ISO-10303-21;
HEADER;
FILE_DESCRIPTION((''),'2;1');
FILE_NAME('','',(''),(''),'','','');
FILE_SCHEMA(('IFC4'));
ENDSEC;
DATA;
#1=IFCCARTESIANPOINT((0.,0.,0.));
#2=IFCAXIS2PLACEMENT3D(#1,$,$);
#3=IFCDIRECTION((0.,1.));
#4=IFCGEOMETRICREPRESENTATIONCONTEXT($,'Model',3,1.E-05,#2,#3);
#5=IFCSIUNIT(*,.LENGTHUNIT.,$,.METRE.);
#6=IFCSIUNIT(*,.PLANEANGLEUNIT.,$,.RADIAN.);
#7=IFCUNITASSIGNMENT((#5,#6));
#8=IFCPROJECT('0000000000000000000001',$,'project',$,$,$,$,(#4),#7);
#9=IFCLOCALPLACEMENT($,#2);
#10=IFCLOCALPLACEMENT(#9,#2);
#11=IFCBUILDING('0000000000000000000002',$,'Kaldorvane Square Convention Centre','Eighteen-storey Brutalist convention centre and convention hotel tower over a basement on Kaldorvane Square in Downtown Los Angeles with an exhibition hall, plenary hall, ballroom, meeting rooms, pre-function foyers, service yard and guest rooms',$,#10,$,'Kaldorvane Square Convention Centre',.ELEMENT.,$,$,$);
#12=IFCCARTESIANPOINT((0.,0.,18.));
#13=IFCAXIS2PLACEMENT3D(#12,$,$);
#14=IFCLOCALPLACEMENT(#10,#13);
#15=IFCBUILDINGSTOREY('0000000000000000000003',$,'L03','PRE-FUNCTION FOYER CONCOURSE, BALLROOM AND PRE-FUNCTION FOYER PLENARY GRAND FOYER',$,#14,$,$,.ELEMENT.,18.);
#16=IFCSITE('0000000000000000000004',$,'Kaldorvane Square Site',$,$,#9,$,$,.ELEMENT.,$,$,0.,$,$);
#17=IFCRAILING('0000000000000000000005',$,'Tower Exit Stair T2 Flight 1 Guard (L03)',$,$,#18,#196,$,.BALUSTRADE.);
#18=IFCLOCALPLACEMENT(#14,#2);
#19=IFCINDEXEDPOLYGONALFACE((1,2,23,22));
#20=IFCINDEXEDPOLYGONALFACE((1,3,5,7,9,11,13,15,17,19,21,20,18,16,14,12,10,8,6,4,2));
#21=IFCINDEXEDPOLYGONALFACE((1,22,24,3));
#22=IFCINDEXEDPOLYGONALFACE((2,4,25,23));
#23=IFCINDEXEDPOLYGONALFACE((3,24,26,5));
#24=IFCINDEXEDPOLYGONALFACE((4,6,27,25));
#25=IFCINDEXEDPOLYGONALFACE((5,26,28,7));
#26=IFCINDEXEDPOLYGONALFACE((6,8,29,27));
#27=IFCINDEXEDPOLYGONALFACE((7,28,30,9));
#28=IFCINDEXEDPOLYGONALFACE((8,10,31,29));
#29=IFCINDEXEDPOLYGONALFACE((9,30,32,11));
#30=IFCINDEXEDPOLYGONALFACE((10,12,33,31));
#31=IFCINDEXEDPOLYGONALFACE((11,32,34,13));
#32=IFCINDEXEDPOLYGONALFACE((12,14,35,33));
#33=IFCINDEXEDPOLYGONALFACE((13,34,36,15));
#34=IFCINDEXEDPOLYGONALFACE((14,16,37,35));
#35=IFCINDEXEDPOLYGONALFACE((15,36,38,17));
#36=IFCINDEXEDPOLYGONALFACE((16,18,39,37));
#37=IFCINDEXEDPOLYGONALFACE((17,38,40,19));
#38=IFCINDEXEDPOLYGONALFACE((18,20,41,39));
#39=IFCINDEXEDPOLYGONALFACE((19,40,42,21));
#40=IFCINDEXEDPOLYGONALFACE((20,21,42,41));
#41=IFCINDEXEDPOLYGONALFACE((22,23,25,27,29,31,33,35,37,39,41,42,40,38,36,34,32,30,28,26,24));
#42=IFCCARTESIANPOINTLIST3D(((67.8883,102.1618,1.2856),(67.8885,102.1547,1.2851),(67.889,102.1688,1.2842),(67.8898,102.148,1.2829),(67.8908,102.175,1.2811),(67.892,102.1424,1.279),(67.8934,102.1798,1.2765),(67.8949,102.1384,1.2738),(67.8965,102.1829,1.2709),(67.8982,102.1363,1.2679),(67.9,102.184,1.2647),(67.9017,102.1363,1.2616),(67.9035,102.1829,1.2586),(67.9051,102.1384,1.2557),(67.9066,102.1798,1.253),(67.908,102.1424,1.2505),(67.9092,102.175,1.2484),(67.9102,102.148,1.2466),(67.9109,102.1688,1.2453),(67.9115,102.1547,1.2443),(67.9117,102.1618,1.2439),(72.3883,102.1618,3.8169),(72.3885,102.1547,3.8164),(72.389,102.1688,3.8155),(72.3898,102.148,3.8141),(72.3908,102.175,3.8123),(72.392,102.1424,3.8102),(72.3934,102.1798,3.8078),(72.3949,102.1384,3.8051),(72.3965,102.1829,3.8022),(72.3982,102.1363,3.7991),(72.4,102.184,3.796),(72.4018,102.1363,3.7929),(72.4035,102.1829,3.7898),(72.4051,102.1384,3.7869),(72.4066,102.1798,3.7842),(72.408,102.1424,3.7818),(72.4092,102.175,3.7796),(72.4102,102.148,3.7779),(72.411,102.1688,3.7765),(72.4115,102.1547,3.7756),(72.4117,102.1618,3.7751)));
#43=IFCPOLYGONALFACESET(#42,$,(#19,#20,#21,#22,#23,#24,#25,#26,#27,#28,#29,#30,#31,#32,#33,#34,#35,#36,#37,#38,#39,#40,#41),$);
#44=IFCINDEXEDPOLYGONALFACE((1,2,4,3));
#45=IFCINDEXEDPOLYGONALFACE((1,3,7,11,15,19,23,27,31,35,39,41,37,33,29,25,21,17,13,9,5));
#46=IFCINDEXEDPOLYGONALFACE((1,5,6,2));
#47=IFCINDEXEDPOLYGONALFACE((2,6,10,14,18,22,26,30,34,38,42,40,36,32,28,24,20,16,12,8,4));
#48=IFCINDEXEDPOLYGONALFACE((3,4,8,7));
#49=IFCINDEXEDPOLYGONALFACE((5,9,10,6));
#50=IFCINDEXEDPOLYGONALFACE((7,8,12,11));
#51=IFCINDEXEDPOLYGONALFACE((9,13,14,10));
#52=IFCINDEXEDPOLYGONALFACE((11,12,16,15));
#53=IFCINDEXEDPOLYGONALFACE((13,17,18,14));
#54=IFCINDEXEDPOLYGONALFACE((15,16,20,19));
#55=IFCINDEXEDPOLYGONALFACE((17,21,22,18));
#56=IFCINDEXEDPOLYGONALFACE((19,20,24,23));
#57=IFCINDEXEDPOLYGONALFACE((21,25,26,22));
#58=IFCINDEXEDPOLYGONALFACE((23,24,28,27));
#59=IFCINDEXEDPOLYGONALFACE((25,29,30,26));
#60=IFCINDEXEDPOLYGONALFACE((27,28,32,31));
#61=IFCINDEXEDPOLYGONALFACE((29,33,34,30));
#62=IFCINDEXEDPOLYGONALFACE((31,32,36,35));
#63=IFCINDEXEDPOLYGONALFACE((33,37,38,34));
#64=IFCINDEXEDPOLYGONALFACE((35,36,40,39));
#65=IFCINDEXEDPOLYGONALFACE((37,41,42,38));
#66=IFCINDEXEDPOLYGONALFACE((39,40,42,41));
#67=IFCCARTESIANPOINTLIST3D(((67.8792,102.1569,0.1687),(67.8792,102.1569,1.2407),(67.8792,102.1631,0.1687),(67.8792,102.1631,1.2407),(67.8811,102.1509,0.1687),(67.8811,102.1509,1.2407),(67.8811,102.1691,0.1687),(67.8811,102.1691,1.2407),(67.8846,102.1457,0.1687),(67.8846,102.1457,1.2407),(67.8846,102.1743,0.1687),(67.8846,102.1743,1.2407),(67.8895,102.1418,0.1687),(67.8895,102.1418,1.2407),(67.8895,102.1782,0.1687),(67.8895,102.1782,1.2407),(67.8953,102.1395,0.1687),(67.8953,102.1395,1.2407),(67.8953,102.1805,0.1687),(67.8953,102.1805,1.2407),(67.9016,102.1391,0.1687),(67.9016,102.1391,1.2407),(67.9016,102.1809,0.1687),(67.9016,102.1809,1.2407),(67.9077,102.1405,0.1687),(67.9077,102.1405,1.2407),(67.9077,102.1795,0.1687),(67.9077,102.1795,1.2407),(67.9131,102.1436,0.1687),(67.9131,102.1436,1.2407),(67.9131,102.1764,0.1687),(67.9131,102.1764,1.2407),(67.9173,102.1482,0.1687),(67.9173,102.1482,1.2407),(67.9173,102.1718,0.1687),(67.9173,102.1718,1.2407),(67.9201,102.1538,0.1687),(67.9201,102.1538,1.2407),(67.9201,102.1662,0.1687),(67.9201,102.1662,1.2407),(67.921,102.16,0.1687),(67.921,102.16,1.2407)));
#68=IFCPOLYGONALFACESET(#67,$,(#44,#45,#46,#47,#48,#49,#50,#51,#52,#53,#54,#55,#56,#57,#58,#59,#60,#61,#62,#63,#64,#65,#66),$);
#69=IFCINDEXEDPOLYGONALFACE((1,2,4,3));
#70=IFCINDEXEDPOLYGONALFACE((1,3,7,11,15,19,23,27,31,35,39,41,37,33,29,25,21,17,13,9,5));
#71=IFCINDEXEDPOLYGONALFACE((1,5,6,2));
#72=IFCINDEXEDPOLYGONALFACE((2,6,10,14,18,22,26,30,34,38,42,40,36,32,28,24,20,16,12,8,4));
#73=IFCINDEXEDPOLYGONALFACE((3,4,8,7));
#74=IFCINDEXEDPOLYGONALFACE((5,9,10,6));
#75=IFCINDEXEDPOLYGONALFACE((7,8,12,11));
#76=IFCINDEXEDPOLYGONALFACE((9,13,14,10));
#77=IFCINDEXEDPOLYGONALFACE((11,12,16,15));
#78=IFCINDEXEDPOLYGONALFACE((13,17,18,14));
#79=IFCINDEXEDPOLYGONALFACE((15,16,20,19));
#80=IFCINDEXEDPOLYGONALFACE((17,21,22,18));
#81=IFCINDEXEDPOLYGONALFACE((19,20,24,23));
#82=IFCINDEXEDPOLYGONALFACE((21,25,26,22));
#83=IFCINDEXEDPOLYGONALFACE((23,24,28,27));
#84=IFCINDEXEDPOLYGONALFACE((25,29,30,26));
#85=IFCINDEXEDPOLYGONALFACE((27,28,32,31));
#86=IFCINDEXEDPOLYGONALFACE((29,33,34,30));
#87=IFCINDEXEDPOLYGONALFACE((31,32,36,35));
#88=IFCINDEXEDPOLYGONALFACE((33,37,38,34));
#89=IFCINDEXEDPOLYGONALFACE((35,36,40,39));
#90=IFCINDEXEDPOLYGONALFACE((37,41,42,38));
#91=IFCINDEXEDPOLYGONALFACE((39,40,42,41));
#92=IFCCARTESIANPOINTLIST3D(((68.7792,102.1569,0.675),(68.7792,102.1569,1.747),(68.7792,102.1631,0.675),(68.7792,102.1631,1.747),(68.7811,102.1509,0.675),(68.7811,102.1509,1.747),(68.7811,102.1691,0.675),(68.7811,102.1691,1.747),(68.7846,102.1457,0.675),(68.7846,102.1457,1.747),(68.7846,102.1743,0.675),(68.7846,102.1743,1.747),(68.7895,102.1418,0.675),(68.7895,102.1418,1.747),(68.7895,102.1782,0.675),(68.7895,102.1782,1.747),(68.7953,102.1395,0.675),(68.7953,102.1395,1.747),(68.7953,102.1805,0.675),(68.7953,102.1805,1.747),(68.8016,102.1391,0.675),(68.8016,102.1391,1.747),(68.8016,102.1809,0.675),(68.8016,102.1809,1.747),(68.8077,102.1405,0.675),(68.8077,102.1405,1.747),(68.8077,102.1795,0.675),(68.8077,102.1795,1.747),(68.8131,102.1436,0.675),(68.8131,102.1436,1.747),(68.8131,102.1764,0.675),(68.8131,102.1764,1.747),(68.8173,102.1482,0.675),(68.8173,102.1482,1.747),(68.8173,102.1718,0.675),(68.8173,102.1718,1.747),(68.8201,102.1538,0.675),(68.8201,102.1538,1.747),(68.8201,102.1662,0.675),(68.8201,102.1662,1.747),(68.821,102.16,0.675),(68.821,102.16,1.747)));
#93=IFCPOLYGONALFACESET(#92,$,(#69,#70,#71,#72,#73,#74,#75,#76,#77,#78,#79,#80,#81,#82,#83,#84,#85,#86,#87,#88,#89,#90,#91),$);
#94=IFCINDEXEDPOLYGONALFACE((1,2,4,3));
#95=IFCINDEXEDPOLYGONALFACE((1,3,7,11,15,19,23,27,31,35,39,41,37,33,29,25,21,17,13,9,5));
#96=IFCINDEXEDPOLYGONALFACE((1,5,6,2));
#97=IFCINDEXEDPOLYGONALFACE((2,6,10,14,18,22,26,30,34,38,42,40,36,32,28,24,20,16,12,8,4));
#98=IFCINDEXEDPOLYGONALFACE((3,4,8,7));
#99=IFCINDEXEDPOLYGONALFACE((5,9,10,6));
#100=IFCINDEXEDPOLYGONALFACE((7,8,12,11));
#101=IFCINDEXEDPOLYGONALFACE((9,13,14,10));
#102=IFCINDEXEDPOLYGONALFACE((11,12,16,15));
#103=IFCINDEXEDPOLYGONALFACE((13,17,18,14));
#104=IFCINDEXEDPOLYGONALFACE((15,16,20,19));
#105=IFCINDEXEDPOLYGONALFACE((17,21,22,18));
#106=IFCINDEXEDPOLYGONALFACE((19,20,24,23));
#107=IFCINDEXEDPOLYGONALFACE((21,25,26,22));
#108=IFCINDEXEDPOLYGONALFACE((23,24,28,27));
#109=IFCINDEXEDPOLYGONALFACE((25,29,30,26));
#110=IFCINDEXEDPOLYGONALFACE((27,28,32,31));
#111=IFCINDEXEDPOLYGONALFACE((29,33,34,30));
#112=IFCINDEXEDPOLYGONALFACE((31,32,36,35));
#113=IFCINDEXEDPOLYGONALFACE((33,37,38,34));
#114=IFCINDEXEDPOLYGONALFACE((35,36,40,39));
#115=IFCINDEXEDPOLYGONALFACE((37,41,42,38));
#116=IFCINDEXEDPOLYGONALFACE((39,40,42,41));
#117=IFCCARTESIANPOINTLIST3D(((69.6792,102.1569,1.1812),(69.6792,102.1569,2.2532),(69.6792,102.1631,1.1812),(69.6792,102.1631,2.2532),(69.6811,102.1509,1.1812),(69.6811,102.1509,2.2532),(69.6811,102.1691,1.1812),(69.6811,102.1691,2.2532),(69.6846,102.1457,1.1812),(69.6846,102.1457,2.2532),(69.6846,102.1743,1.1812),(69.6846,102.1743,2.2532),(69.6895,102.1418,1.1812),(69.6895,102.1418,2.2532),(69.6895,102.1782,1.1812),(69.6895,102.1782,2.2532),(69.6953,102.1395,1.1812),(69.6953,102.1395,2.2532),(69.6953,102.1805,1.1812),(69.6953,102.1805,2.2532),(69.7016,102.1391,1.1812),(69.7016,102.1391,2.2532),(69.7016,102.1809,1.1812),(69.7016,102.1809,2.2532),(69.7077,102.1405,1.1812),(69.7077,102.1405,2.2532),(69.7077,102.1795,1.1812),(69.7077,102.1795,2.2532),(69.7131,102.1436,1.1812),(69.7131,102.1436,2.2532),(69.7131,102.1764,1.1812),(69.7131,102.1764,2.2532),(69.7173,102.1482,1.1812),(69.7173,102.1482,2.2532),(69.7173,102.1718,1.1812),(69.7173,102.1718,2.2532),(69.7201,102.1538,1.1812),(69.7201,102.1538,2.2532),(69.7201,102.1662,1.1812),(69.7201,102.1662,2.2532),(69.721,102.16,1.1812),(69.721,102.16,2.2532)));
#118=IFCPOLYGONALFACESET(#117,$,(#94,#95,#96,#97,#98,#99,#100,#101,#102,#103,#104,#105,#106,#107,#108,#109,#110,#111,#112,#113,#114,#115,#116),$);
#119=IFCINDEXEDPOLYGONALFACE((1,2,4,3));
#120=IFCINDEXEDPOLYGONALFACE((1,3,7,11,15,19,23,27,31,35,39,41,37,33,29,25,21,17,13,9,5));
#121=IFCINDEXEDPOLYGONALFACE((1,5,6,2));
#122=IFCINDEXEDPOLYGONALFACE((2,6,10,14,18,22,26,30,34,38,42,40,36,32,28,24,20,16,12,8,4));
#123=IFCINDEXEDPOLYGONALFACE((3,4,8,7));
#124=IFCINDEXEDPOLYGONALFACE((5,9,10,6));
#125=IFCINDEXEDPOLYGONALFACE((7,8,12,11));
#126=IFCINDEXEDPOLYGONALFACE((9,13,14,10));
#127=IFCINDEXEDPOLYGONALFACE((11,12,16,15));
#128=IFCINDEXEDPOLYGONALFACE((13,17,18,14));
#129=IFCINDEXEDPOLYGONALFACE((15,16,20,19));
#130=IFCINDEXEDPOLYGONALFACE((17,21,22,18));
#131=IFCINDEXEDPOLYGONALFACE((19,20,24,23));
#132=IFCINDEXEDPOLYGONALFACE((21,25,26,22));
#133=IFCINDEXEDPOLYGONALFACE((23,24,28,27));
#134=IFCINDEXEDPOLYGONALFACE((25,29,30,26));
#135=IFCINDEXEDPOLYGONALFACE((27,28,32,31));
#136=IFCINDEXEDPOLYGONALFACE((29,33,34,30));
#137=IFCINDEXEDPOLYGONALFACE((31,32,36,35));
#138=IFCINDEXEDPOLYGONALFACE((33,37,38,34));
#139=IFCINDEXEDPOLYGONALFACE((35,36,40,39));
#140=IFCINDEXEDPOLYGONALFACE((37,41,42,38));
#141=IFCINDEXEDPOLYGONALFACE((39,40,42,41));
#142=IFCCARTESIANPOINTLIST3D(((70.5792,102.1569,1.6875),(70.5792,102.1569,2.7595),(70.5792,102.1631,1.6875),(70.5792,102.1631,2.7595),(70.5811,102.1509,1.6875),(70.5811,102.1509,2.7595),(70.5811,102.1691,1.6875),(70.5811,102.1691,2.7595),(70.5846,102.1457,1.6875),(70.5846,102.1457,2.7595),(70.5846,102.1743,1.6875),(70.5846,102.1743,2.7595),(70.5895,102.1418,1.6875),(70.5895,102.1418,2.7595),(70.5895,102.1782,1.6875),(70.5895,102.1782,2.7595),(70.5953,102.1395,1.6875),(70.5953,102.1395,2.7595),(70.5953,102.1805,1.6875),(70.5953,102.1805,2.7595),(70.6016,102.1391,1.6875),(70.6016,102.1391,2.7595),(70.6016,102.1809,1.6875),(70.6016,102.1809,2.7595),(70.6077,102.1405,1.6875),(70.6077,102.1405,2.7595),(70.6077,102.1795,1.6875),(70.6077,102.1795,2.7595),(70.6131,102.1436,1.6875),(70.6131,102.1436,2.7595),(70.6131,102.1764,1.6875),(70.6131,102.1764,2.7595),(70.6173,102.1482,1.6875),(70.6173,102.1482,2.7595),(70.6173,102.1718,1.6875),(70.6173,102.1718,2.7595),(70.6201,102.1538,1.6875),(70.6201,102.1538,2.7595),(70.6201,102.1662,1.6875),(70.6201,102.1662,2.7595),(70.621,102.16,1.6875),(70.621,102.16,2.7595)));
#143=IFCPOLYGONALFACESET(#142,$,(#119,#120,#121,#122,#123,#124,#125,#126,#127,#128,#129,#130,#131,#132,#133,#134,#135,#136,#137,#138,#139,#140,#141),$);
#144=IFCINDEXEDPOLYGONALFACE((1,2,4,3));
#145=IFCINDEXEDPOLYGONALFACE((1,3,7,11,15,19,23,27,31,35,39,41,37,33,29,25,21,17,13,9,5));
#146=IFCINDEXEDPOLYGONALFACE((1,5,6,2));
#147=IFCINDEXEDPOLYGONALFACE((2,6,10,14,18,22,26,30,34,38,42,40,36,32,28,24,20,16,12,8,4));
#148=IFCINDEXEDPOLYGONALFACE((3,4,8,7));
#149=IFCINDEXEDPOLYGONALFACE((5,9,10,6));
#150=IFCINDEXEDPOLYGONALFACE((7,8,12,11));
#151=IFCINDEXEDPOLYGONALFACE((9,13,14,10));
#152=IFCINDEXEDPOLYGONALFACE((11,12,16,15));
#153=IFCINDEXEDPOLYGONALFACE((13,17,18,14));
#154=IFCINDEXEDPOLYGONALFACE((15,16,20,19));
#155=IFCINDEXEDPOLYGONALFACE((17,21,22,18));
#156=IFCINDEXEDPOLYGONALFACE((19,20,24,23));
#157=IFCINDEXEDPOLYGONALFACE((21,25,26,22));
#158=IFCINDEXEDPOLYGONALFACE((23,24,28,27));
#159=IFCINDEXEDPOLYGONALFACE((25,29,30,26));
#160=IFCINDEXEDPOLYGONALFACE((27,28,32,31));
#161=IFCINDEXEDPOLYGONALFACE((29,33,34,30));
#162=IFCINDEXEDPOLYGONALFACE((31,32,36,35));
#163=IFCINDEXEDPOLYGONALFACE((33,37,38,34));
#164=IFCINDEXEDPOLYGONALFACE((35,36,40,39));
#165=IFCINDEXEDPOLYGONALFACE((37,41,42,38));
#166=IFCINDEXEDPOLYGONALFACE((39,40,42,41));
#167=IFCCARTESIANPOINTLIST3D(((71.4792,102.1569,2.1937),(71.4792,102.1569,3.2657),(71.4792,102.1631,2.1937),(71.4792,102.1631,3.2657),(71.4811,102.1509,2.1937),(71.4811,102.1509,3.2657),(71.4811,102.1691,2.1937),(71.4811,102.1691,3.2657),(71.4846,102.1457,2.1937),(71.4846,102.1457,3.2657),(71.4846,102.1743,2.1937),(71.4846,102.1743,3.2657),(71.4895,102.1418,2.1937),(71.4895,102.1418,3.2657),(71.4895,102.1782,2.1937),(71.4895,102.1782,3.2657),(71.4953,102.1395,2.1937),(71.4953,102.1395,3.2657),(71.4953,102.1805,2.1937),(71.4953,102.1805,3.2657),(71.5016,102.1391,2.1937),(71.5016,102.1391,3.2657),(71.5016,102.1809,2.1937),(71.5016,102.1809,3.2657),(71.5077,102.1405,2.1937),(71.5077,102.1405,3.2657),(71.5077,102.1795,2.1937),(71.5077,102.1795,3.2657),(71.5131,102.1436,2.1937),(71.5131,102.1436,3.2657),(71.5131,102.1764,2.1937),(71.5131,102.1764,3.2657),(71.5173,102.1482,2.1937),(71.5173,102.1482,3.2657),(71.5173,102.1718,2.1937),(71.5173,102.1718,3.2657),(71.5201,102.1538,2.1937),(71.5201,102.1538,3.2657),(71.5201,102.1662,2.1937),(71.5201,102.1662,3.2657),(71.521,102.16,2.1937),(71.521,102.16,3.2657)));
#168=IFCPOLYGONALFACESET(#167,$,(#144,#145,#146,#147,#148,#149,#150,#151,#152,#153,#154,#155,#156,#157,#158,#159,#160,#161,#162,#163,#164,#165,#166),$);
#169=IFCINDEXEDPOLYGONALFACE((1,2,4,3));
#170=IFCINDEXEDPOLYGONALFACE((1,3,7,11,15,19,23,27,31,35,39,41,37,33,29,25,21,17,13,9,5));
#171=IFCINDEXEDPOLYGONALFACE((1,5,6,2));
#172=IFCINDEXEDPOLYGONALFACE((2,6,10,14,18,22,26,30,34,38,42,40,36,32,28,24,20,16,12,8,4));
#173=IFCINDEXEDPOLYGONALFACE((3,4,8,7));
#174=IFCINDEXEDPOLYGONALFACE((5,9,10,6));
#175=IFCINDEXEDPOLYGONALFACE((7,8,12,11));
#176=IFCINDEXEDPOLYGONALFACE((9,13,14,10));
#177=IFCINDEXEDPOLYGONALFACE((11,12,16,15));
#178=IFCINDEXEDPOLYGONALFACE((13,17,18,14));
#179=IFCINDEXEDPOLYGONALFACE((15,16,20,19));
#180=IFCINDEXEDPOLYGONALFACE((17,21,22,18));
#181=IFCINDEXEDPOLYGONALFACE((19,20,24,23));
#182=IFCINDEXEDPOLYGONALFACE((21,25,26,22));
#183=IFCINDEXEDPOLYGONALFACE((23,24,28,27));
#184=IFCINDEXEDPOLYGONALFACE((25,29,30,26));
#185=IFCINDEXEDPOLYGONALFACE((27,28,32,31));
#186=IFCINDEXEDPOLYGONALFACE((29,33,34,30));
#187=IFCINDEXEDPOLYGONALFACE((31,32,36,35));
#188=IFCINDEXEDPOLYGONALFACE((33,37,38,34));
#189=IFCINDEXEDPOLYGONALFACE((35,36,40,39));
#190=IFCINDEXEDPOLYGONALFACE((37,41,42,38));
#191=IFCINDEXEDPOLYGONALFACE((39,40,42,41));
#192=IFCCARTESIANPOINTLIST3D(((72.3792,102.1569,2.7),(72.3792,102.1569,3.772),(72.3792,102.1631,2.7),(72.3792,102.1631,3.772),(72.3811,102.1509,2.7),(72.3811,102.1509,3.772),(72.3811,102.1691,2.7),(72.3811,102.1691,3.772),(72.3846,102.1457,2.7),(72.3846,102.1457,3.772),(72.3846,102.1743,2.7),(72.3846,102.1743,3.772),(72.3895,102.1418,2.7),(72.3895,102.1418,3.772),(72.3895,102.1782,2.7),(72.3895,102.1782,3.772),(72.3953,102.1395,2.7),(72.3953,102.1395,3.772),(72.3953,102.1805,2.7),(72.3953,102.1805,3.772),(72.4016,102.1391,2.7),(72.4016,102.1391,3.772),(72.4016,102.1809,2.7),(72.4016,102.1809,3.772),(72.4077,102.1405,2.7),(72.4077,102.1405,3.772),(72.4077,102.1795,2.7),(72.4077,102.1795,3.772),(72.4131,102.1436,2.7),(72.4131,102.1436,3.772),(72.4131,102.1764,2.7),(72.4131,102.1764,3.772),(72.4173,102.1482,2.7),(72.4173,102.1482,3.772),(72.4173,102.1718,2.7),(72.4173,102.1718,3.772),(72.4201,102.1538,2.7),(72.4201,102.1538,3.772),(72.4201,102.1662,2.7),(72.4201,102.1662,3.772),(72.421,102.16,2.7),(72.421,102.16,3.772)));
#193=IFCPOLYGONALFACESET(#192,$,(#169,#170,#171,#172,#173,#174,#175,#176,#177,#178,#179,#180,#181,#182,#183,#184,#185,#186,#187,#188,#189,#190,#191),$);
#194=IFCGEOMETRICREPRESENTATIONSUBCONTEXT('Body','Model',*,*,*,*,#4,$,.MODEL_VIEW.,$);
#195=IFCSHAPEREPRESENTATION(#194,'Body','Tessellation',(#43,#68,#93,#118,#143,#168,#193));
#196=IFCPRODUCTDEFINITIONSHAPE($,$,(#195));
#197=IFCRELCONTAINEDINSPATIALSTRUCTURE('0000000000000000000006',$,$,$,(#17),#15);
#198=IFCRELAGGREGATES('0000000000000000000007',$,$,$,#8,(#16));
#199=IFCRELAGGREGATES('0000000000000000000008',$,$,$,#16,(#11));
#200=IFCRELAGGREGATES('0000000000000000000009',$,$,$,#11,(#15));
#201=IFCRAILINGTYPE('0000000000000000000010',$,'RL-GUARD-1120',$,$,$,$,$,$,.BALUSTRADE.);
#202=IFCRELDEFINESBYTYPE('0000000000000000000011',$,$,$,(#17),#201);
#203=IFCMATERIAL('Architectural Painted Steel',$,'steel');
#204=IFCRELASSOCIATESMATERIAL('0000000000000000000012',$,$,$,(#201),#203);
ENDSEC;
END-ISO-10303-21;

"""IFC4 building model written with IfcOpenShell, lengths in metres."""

from ifc_helpers import new_model, si_unit, direction, frame, origin, origin_2d, place, context, subcontext, project, spatial, circle, extrude, material, type_object, element, save


model = new_model("IFC4")

# Units and contexts
model_context = context("Model", 3, precision=1e-05, world=origin(), true_north=direction((0.0, 1.0)))
body_context = subcontext(model_context, "Body", "Model", "MODEL_VIEW")
ifc_project = project(units=[si_unit("LENGTHUNIT", "METRE"), si_unit("PLANEANGLEUNIT", "RADIAN")], contexts=[model_context])

# Site, building, storey
site_placement = place(None, origin())
site = spatial("IfcSite", under=ifc_project, at=site_placement, Name="Kaldorvane Square Site", CompositionType="ELEMENT", RefElevation=0.0)
building_placement = place(site_placement, origin())
building = spatial("IfcBuilding", under=site, at=building_placement, Name="Kaldorvane Square Convention Centre", Description="Eighteen-storey Brutalist convention centre and convention hotel tower over a basement on Kaldorvane Square in Downtown Los Angeles with an exhibition hall, plenary hall, ballroom, meeting rooms, pre-function foyers, service yard and guest rooms", LongName="Kaldorvane Square Convention Centre", CompositionType="ELEMENT")
storey_placement = place(building_placement, frame((0.0, 0.0, 18.0)))
storey = spatial("IfcBuildingStorey", under=building, at=storey_placement, Name="L03", Description="PRE-FUNCTION FOYER CONCOURSE, BALLROOM AND PRE-FUNCTION FOYER PLENARY GRAND FOYER", CompositionType="ELEMENT", Elevation=18.0)

# Railing
ifc_material_1 = material(Name="Architectural Painted Steel", Category="steel")
railing_type_1 = type_object("IfcRailingType", Name="RL-GUARD-1120", PredefinedType="BALUSTRADE", material=ifc_material_1)
railing_1_placement = place(storey_placement, frame((67.9, 102.16, 0.1687)))
element("IfcRailing", 1, at=railing_1_placement, inside=storey, type_object=railing_type_1, Name="Tower Exit Stair T2 Flight 1 Guard (L03)", PredefinedType="BALUSTRADE", context=body_context, shape_type="SweptSolid", body=[
    extrude(circle(Radius=0.024, at=origin_2d()), frame((0.0, 0.0, 1.096), z_axis=(0.871576, 0.0, 0.490261), x_axis=(0.0, 1.0, 0.0)), (0.0, 0.0, 1.0), 5.1631),
    extrude(circle(Radius=0.021, at=origin_2d()), origin(), (0.0, 0.0, 1.0), 1.072),
    extrude(circle(Radius=0.021, at=origin_2d()), frame((0.9, 0.0, 0.5063)), (0.0, 0.0, 1.0), 1.072),
    extrude(circle(Radius=0.021, at=origin_2d()), frame((1.8, 0.0, 1.0125)), (0.0, 0.0, 1.0), 1.072),
    extrude(circle(Radius=0.021, at=origin_2d()), frame((2.7, 0.0, 1.5188)), (0.0, 0.0, 1.0), 1.072),
    extrude(circle(Radius=0.021, at=origin_2d()), frame((3.6, 0.0, 2.025)), (0.0, 0.0, 1.0), 1.072),
    extrude(circle(Radius=0.021, at=origin_2d()), frame((4.5, 0.0, 2.5312)), (0.0, 0.0, 1.0), 1.072),
])

save(model, "model.ifc")
